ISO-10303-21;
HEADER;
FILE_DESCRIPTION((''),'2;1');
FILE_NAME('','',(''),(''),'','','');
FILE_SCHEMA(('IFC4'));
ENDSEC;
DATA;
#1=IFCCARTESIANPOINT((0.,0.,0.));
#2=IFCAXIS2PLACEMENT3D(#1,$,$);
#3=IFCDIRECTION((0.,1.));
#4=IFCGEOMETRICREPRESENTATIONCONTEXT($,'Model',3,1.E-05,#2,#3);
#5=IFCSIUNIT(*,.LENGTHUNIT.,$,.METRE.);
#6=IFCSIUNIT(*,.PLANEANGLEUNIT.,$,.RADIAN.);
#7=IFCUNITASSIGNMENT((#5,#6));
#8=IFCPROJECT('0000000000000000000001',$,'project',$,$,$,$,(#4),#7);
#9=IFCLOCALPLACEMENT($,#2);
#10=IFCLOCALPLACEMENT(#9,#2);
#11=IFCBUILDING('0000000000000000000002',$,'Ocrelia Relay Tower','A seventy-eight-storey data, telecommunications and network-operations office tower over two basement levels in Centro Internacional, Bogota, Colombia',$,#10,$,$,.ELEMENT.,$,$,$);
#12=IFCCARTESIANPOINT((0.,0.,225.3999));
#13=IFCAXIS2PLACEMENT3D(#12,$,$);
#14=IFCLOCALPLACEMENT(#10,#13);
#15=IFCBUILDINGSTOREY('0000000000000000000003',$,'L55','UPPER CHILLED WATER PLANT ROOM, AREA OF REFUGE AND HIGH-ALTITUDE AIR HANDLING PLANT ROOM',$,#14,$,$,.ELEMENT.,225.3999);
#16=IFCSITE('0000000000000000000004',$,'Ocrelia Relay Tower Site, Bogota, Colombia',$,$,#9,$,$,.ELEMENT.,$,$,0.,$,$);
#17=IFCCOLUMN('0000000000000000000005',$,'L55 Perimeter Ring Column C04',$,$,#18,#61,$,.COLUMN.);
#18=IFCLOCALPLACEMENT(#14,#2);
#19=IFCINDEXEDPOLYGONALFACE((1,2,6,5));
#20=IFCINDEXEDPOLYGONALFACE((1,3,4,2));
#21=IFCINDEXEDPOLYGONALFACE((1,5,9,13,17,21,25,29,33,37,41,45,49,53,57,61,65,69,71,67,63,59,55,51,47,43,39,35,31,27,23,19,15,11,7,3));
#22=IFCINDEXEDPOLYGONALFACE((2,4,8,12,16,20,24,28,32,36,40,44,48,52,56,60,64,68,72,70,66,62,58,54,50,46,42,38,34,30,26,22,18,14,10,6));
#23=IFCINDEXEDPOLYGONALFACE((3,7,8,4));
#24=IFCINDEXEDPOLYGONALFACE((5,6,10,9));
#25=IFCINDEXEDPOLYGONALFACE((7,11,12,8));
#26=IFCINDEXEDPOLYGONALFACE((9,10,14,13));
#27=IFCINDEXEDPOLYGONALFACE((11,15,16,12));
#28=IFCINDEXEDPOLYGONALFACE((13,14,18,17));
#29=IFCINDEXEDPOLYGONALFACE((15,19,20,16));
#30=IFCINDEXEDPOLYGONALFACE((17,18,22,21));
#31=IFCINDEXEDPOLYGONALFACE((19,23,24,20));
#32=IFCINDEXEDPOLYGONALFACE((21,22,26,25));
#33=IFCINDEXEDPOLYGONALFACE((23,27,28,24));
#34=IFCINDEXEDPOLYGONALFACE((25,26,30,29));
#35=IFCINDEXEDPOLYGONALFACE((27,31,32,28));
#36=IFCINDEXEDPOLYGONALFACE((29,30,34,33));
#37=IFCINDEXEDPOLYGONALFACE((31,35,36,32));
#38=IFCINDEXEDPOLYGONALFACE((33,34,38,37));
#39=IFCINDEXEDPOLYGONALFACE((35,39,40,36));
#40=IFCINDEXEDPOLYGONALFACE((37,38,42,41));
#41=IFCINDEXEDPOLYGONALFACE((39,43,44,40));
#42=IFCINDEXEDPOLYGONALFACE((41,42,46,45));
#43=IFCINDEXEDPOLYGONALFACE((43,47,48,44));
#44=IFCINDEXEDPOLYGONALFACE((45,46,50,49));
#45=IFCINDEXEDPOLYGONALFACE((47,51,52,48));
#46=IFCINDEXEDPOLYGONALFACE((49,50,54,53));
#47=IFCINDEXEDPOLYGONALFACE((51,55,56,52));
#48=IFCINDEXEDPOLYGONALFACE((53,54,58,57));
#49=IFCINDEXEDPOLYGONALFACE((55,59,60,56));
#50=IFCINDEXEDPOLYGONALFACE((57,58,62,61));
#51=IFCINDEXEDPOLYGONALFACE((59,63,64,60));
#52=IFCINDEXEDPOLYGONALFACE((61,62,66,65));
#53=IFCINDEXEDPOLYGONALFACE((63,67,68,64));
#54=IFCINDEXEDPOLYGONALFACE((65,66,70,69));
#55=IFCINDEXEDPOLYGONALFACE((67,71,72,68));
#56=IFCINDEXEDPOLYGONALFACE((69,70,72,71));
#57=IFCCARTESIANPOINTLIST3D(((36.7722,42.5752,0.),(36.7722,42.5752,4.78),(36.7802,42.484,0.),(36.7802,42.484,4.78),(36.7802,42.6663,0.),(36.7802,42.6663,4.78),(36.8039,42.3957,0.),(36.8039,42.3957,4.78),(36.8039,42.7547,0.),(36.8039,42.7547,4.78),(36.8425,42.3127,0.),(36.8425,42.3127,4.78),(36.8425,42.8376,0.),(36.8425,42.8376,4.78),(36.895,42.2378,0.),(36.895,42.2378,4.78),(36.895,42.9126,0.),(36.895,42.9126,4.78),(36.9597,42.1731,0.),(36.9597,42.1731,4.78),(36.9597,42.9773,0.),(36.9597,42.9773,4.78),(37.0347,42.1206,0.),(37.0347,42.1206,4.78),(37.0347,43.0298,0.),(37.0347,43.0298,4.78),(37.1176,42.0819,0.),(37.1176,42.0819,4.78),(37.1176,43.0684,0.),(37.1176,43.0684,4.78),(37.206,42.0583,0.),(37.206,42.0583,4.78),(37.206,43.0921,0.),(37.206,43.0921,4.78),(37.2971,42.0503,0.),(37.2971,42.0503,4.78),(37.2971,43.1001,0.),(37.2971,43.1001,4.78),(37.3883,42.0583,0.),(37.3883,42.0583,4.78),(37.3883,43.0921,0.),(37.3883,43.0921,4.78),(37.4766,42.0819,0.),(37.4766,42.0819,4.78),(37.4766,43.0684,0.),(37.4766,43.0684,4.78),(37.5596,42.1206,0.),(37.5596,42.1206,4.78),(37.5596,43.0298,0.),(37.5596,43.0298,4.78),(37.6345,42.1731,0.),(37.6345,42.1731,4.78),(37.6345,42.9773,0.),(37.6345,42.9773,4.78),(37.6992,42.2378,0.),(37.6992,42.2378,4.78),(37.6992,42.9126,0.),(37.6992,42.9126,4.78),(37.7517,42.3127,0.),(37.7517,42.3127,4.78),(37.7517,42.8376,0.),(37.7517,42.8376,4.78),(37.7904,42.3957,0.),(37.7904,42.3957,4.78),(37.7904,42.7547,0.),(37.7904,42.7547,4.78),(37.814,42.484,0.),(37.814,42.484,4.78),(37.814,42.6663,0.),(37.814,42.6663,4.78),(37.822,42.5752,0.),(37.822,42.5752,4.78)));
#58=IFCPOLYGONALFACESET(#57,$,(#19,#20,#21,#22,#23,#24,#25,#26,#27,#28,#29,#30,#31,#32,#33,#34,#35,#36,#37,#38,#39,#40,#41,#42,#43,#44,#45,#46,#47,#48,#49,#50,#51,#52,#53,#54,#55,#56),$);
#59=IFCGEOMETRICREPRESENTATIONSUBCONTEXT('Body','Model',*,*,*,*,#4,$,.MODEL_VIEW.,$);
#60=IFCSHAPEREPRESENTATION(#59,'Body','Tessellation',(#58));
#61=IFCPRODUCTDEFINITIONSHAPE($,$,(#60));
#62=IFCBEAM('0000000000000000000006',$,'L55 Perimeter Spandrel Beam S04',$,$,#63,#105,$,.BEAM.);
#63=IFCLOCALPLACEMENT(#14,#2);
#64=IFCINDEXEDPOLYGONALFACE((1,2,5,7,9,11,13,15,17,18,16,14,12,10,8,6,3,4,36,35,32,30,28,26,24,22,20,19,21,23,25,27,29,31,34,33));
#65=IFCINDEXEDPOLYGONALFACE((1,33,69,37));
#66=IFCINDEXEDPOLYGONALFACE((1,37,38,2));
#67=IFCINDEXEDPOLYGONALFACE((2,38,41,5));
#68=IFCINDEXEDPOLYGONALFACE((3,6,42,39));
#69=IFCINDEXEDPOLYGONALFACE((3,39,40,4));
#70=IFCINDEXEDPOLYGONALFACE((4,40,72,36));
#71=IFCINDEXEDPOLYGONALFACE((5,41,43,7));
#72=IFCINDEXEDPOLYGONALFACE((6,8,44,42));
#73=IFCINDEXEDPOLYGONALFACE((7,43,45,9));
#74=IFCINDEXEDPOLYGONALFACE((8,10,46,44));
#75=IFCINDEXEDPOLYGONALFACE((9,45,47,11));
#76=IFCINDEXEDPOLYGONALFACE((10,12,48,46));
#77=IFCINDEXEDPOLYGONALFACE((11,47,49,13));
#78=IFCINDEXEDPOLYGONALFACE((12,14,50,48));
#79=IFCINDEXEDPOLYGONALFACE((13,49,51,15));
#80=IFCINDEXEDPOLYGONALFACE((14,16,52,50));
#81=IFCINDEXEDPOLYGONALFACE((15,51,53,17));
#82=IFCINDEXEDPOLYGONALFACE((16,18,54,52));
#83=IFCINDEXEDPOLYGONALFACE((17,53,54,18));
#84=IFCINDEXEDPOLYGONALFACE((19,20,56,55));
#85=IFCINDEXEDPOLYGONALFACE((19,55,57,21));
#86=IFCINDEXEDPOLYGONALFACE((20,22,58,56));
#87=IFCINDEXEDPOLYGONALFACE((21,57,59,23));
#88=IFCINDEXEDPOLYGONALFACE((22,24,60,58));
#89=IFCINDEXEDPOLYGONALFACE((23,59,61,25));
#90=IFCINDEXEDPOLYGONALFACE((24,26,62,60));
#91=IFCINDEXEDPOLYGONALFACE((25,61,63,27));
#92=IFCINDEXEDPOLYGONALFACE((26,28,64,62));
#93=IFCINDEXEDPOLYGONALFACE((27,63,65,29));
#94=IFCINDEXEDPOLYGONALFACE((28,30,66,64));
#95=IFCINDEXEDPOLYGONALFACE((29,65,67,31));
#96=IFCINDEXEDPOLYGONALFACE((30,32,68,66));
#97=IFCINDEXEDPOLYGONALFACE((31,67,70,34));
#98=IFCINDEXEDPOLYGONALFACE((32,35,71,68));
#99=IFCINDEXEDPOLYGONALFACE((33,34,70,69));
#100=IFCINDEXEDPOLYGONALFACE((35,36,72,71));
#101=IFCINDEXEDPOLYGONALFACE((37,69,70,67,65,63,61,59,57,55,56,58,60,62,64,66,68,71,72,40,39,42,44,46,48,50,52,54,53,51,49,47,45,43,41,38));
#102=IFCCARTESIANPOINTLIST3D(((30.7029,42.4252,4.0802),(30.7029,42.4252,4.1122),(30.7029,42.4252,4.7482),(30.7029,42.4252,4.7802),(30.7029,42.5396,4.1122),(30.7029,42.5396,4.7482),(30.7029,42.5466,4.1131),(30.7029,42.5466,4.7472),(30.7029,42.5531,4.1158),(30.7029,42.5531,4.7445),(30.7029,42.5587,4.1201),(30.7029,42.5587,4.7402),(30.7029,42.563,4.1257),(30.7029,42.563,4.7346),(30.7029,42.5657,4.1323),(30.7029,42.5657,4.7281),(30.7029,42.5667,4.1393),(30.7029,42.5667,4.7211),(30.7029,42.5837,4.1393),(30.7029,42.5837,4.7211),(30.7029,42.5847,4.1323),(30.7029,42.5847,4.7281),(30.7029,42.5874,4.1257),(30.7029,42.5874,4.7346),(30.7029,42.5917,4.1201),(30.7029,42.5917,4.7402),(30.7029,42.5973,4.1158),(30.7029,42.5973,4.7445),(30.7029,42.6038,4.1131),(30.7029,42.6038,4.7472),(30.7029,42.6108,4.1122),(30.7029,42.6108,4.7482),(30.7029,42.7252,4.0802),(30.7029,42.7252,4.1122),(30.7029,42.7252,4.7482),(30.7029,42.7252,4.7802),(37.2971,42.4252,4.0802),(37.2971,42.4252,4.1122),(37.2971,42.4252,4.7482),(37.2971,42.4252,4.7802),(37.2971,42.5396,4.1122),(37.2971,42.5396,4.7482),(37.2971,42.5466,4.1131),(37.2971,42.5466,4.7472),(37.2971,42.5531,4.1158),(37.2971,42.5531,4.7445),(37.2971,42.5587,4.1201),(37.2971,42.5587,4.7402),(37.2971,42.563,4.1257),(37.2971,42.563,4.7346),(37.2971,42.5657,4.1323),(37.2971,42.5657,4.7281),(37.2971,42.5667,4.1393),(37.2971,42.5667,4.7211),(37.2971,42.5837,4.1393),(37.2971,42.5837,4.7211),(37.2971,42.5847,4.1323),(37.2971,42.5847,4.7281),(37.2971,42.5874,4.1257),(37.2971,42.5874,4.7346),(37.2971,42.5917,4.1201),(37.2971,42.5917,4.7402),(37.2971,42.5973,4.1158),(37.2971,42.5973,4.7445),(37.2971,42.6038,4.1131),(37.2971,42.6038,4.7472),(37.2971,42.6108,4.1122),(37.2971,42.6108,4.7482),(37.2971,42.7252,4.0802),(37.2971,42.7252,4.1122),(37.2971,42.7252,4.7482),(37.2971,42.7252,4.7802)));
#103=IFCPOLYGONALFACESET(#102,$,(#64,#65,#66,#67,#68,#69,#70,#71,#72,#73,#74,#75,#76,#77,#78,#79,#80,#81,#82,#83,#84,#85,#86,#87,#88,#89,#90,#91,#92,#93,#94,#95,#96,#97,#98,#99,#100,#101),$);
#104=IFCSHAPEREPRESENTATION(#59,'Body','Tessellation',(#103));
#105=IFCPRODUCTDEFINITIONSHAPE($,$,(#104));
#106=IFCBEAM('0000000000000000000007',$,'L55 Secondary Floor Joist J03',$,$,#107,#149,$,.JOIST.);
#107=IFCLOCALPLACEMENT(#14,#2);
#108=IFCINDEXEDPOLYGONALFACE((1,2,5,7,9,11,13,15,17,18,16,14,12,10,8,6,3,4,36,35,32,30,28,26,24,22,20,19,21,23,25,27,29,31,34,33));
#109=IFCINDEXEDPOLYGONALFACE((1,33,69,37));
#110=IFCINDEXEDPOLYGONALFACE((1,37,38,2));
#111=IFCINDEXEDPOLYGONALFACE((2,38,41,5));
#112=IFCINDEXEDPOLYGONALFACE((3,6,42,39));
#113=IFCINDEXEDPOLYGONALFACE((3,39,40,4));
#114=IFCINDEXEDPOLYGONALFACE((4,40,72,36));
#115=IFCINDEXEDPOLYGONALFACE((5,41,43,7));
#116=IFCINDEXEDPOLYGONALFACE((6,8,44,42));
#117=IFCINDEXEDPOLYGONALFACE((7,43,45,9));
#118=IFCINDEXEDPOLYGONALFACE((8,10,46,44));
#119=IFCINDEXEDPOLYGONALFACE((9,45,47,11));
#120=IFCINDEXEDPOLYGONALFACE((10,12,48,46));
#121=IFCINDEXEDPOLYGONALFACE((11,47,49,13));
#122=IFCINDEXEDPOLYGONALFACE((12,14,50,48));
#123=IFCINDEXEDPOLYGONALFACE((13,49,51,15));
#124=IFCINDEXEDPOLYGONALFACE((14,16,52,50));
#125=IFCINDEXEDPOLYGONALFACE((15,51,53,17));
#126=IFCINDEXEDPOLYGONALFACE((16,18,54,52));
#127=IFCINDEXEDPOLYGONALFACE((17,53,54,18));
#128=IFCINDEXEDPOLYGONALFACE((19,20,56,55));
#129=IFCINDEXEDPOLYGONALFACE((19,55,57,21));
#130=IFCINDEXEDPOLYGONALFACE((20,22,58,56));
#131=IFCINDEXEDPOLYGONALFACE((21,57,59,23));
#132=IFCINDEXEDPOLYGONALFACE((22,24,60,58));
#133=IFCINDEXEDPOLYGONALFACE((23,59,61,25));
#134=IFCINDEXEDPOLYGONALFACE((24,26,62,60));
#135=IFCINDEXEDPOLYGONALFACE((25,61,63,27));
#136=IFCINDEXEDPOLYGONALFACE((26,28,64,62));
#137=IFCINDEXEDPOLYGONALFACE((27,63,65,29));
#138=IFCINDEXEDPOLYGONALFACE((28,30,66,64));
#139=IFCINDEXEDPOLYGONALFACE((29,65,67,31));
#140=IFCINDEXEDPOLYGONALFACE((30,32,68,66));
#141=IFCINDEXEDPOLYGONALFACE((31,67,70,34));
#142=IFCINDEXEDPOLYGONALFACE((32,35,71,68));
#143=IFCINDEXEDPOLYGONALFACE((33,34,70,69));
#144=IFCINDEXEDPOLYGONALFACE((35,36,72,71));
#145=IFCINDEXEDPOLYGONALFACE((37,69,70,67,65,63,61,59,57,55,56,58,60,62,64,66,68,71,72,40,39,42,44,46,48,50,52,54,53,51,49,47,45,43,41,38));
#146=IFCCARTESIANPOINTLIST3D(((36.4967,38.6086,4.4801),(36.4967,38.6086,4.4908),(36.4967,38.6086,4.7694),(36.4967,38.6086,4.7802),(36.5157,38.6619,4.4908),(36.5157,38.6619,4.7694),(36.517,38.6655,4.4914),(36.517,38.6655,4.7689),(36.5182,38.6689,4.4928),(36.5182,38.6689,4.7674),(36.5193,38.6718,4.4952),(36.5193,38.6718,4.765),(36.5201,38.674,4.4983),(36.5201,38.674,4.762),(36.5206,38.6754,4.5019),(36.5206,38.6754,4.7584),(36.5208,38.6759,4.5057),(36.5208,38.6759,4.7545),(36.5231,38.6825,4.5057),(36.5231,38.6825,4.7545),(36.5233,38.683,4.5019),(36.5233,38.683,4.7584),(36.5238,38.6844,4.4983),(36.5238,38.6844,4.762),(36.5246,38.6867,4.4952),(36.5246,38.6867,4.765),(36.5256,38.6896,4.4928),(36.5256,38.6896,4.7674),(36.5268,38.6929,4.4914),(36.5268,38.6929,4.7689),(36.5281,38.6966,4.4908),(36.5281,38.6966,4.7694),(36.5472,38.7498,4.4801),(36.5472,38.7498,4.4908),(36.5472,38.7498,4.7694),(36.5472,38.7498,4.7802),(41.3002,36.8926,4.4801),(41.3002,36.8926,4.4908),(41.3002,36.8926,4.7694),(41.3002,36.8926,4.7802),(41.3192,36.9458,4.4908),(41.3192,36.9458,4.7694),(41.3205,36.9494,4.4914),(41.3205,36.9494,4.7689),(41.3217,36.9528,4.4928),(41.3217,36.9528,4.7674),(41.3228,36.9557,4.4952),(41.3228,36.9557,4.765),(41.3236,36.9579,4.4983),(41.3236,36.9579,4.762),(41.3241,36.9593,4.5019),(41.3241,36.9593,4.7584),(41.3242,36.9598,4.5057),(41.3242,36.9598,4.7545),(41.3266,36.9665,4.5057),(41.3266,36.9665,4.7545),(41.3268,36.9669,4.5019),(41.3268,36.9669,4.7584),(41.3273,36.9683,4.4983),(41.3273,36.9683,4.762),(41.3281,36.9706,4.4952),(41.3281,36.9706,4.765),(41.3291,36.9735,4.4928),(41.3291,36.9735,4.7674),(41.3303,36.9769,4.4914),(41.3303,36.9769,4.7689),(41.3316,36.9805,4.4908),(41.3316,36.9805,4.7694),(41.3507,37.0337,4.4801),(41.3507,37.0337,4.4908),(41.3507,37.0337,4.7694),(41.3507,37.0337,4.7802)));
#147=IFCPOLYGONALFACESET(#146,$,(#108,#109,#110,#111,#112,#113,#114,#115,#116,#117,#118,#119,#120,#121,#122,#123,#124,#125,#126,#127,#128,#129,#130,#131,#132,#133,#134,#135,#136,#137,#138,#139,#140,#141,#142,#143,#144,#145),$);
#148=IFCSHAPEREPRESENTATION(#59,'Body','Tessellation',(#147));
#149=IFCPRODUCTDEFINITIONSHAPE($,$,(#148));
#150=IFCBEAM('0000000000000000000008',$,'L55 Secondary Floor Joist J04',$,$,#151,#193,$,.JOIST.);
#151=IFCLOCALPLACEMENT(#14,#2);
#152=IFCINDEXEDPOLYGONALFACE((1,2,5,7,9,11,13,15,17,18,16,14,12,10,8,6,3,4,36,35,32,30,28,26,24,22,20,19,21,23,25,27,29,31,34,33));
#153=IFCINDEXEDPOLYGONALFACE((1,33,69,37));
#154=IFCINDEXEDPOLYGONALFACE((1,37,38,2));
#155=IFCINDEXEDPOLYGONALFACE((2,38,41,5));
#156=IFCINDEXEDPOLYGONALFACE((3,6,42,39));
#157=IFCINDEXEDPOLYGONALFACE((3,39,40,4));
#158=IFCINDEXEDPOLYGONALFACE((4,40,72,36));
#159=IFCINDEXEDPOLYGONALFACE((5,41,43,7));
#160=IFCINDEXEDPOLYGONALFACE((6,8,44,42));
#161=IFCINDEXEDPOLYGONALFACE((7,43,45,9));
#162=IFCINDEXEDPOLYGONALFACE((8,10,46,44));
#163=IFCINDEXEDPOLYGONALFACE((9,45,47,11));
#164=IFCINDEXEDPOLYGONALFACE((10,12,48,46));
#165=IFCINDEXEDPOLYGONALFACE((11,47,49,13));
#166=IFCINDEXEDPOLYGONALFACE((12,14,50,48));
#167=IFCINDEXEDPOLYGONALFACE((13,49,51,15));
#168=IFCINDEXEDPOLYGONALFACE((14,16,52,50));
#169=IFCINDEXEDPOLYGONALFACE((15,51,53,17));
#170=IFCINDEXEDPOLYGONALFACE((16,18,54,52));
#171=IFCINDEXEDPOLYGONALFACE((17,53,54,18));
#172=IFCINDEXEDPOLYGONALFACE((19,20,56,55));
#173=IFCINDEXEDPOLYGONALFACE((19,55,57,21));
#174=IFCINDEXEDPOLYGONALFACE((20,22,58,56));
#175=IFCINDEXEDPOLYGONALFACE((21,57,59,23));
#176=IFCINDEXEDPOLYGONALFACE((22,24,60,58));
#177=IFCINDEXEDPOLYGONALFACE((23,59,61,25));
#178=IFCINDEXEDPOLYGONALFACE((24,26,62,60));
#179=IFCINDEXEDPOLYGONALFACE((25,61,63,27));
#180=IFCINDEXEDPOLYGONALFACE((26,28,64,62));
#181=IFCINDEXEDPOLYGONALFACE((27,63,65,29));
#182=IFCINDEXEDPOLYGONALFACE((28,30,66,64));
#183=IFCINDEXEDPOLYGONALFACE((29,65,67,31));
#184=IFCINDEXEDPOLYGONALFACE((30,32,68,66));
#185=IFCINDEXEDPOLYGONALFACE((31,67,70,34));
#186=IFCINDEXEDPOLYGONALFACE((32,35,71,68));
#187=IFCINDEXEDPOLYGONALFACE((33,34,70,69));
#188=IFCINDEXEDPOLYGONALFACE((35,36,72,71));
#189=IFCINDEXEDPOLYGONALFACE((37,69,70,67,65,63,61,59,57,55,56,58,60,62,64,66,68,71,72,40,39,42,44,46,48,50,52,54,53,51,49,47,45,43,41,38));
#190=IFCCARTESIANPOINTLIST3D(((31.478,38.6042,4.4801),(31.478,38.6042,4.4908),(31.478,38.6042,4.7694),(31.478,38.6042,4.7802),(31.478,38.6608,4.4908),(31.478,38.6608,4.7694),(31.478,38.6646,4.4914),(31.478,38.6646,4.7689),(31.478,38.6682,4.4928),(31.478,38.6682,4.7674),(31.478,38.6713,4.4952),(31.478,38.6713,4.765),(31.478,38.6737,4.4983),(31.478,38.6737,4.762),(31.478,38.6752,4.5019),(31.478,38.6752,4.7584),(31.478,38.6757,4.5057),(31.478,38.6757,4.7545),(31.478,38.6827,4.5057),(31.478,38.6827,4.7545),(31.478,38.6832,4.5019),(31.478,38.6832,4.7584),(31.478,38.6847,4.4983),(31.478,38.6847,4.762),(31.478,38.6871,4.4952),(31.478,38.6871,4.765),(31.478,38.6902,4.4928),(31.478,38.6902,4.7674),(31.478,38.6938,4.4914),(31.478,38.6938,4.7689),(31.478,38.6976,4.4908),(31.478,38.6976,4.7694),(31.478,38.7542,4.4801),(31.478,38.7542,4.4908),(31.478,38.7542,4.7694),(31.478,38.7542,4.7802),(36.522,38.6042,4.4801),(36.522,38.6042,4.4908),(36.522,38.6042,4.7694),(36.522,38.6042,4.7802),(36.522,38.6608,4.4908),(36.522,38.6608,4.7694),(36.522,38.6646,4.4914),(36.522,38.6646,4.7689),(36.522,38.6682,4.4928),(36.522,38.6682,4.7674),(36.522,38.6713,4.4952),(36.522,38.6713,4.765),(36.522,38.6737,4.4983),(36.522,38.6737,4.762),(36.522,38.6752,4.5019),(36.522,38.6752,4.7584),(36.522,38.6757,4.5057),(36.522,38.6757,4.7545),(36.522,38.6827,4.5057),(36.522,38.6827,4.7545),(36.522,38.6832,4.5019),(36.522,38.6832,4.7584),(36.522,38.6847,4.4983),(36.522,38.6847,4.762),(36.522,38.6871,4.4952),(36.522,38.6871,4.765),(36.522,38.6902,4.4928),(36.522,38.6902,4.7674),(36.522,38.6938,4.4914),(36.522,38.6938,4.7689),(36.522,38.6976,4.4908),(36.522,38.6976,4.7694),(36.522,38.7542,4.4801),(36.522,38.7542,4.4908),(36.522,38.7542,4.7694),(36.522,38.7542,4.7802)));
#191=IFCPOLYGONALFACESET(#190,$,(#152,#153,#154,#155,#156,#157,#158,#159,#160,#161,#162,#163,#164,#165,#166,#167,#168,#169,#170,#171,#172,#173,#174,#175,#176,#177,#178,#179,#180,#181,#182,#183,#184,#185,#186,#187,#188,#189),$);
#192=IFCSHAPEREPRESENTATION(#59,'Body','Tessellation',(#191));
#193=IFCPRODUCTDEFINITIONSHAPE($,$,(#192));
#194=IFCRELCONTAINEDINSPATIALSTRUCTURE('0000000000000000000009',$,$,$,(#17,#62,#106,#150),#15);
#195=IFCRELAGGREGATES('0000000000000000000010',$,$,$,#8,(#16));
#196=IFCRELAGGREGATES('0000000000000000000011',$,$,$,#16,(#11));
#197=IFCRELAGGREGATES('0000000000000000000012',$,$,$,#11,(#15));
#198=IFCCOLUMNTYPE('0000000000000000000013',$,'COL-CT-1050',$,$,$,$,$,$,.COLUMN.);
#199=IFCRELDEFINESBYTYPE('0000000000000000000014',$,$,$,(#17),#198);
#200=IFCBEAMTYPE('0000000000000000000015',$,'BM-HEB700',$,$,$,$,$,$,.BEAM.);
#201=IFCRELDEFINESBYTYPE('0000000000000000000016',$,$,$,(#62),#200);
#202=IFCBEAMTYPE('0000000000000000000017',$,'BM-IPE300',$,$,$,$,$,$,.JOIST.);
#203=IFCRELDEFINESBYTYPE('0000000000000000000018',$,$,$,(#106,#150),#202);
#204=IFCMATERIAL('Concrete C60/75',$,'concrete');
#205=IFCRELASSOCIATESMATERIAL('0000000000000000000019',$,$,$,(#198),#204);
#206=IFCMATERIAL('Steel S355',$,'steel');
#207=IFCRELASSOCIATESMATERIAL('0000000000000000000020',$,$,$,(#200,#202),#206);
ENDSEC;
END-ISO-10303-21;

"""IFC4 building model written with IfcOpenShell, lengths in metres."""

from ifc_helpers import new_model, si_unit, direction, frame, origin, origin_2d, place, context, subcontext, project, spatial, circle, i_section, extrude, material, material_profile, profile_set, type_object, element, save


model = new_model("IFC4")

# Units and contexts
model_context = context("Model", 3, precision=1e-05, world=origin(), true_north=direction((0.0, 1.0)))
body_context = subcontext(model_context, "Body", "Model", "MODEL_VIEW")
ifc_project = project(units=[si_unit("LENGTHUNIT", "METRE"), si_unit("PLANEANGLEUNIT", "RADIAN")], contexts=[model_context])

# Site, building, storey
site_placement = place(None, origin())
site = spatial("IfcSite", under=ifc_project, at=site_placement, Name="Ocrelia Relay Tower Site, Bogota, Colombia", CompositionType="ELEMENT", RefElevation=0.0)
building_placement = place(site_placement, origin())
building = spatial("IfcBuilding", under=site, at=building_placement, Name="Ocrelia Relay Tower", Description="A seventy-eight-storey data, telecommunications and network-operations office tower over two basement levels in Centro Internacional, Bogota, Colombia", CompositionType="ELEMENT")
storey_placement = place(building_placement, frame((0.0, 0.0, 225.3999)))
storey = spatial("IfcBuildingStorey", under=building, at=storey_placement, Name="L55", Description="UPPER CHILLED WATER PLANT ROOM, AREA OF REFUGE AND HIGH-ALTITUDE AIR HANDLING PLANT ROOM", CompositionType="ELEMENT", Elevation=225.3999)

# Column
ifc_material_1 = material(Name="Concrete C60/75", Category="concrete")
ifc_material_profile_1 = material_profile(ifc_material_1, circle(Radius=0.5249, at=origin_2d()), Name="RC-CIR-1050")
ifc_profile_set_1 = profile_set([ifc_material_profile_1], Name="Concrete C60/75")
column_type = type_object("IfcColumnType", Name="COL-CT-1050", PredefinedType="COLUMN", material=ifc_profile_set_1)
column_placement = place(storey_placement, frame((37.2971, 42.5752, 0.0), z_axis=(0.0, 0.0, 1.0), x_axis=(1.0, 0.0, 0.0)))
element("IfcColumn", 1, at=column_placement, inside=storey, type_object=column_type, Name="L55 Perimeter Ring Column C04", PredefinedType="COLUMN", context=body_context, shape_type="SweptSolid", body=[
    extrude(circle(Radius=0.5249, at=origin_2d()), origin(), (0.0, 0.0, 1.0), 4.78),
])

# Beams
ifc_material_2 = material(Name="Steel S355", Category="steel")
ifc_material_profile_2 = material_profile(ifc_material_2, i_section(OverallWidth=0.3, OverallDepth=0.7, WebThickness=0.0171, FlangeThickness=0.032, FilletRadius=0.0271, at=origin_2d()), Name="HEB 700")
ifc_profile_set_2 = profile_set([ifc_material_profile_2], Name="Steel S355")
beam_type_1 = type_object("IfcBeamType", Name="BM-HEB700", PredefinedType="BEAM", material=ifc_profile_set_2)
beam_1_placement = place(storey_placement, frame((37.2971, 42.5752, 4.4302), z_axis=(-1.0, 0.0, 0.0), x_axis=(0.0, -1.0, 0.0)))
element("IfcBeam", 2, at=beam_1_placement, inside=storey, type_object=beam_type_1, Name="L55 Perimeter Spandrel Beam S04", PredefinedType="BEAM", context=body_context, shape_type="SweptSolid", body=[
    extrude(i_section(OverallWidth=0.3, OverallDepth=0.7, WebThickness=0.0171, FlangeThickness=0.032, FilletRadius=0.0271, at=origin_2d()), origin(), (0.0, 0.0, 1.0), 6.5942),
])
ifc_material_profile_3 = material_profile(ifc_material_2, i_section(OverallWidth=0.1499, OverallDepth=0.3, WebThickness=0.0071, FlangeThickness=0.0107, FilletRadius=0.0149, at=origin_2d()), Name="IPE 300")
ifc_profile_set_3 = profile_set([ifc_material_profile_3], Name="Steel S355")
beam_type_2 = type_object("IfcBeamType", Name="BM-IPE300", PredefinedType="JOIST", material=ifc_profile_set_3)
beam_2_placement = place(storey_placement, frame((41.3254, 36.9631, 4.6301), z_axis=(-0.941708, 0.33643, 0.0), x_axis=(-0.33643, -0.941708, 0.0)))
element("IfcBeam", 3, at=beam_2_placement, inside=storey, type_object=beam_type_2, Name="L55 Secondary Floor Joist J03", PredefinedType="JOIST", context=body_context, shape_type="SweptSolid", body=[
    extrude(i_section(OverallWidth=0.1499, OverallDepth=0.3, WebThickness=0.0071, FlangeThickness=0.0107, FilletRadius=0.0149, at=origin_2d()), origin(), (0.0, 0.0, 1.0), 5.1008),
])
beam_3_placement = place(storey_placement, frame((36.522, 38.6792, 4.6301), z_axis=(-1.0, 0.0, 0.0), x_axis=(0.0, -1.0, 0.0)))
element("IfcBeam", 4, at=beam_3_placement, inside=storey, type_object=beam_type_2, Name="L55 Secondary Floor Joist J04", PredefinedType="JOIST", context=body_context, shape_type="SweptSolid", body=[
    extrude(i_section(OverallWidth=0.1499, OverallDepth=0.3, WebThickness=0.0071, FlangeThickness=0.0107, FilletRadius=0.0149, at=origin_2d()), origin(), (0.0, 0.0, 1.0), 5.0439),
])

save(model, "model.ifc")
